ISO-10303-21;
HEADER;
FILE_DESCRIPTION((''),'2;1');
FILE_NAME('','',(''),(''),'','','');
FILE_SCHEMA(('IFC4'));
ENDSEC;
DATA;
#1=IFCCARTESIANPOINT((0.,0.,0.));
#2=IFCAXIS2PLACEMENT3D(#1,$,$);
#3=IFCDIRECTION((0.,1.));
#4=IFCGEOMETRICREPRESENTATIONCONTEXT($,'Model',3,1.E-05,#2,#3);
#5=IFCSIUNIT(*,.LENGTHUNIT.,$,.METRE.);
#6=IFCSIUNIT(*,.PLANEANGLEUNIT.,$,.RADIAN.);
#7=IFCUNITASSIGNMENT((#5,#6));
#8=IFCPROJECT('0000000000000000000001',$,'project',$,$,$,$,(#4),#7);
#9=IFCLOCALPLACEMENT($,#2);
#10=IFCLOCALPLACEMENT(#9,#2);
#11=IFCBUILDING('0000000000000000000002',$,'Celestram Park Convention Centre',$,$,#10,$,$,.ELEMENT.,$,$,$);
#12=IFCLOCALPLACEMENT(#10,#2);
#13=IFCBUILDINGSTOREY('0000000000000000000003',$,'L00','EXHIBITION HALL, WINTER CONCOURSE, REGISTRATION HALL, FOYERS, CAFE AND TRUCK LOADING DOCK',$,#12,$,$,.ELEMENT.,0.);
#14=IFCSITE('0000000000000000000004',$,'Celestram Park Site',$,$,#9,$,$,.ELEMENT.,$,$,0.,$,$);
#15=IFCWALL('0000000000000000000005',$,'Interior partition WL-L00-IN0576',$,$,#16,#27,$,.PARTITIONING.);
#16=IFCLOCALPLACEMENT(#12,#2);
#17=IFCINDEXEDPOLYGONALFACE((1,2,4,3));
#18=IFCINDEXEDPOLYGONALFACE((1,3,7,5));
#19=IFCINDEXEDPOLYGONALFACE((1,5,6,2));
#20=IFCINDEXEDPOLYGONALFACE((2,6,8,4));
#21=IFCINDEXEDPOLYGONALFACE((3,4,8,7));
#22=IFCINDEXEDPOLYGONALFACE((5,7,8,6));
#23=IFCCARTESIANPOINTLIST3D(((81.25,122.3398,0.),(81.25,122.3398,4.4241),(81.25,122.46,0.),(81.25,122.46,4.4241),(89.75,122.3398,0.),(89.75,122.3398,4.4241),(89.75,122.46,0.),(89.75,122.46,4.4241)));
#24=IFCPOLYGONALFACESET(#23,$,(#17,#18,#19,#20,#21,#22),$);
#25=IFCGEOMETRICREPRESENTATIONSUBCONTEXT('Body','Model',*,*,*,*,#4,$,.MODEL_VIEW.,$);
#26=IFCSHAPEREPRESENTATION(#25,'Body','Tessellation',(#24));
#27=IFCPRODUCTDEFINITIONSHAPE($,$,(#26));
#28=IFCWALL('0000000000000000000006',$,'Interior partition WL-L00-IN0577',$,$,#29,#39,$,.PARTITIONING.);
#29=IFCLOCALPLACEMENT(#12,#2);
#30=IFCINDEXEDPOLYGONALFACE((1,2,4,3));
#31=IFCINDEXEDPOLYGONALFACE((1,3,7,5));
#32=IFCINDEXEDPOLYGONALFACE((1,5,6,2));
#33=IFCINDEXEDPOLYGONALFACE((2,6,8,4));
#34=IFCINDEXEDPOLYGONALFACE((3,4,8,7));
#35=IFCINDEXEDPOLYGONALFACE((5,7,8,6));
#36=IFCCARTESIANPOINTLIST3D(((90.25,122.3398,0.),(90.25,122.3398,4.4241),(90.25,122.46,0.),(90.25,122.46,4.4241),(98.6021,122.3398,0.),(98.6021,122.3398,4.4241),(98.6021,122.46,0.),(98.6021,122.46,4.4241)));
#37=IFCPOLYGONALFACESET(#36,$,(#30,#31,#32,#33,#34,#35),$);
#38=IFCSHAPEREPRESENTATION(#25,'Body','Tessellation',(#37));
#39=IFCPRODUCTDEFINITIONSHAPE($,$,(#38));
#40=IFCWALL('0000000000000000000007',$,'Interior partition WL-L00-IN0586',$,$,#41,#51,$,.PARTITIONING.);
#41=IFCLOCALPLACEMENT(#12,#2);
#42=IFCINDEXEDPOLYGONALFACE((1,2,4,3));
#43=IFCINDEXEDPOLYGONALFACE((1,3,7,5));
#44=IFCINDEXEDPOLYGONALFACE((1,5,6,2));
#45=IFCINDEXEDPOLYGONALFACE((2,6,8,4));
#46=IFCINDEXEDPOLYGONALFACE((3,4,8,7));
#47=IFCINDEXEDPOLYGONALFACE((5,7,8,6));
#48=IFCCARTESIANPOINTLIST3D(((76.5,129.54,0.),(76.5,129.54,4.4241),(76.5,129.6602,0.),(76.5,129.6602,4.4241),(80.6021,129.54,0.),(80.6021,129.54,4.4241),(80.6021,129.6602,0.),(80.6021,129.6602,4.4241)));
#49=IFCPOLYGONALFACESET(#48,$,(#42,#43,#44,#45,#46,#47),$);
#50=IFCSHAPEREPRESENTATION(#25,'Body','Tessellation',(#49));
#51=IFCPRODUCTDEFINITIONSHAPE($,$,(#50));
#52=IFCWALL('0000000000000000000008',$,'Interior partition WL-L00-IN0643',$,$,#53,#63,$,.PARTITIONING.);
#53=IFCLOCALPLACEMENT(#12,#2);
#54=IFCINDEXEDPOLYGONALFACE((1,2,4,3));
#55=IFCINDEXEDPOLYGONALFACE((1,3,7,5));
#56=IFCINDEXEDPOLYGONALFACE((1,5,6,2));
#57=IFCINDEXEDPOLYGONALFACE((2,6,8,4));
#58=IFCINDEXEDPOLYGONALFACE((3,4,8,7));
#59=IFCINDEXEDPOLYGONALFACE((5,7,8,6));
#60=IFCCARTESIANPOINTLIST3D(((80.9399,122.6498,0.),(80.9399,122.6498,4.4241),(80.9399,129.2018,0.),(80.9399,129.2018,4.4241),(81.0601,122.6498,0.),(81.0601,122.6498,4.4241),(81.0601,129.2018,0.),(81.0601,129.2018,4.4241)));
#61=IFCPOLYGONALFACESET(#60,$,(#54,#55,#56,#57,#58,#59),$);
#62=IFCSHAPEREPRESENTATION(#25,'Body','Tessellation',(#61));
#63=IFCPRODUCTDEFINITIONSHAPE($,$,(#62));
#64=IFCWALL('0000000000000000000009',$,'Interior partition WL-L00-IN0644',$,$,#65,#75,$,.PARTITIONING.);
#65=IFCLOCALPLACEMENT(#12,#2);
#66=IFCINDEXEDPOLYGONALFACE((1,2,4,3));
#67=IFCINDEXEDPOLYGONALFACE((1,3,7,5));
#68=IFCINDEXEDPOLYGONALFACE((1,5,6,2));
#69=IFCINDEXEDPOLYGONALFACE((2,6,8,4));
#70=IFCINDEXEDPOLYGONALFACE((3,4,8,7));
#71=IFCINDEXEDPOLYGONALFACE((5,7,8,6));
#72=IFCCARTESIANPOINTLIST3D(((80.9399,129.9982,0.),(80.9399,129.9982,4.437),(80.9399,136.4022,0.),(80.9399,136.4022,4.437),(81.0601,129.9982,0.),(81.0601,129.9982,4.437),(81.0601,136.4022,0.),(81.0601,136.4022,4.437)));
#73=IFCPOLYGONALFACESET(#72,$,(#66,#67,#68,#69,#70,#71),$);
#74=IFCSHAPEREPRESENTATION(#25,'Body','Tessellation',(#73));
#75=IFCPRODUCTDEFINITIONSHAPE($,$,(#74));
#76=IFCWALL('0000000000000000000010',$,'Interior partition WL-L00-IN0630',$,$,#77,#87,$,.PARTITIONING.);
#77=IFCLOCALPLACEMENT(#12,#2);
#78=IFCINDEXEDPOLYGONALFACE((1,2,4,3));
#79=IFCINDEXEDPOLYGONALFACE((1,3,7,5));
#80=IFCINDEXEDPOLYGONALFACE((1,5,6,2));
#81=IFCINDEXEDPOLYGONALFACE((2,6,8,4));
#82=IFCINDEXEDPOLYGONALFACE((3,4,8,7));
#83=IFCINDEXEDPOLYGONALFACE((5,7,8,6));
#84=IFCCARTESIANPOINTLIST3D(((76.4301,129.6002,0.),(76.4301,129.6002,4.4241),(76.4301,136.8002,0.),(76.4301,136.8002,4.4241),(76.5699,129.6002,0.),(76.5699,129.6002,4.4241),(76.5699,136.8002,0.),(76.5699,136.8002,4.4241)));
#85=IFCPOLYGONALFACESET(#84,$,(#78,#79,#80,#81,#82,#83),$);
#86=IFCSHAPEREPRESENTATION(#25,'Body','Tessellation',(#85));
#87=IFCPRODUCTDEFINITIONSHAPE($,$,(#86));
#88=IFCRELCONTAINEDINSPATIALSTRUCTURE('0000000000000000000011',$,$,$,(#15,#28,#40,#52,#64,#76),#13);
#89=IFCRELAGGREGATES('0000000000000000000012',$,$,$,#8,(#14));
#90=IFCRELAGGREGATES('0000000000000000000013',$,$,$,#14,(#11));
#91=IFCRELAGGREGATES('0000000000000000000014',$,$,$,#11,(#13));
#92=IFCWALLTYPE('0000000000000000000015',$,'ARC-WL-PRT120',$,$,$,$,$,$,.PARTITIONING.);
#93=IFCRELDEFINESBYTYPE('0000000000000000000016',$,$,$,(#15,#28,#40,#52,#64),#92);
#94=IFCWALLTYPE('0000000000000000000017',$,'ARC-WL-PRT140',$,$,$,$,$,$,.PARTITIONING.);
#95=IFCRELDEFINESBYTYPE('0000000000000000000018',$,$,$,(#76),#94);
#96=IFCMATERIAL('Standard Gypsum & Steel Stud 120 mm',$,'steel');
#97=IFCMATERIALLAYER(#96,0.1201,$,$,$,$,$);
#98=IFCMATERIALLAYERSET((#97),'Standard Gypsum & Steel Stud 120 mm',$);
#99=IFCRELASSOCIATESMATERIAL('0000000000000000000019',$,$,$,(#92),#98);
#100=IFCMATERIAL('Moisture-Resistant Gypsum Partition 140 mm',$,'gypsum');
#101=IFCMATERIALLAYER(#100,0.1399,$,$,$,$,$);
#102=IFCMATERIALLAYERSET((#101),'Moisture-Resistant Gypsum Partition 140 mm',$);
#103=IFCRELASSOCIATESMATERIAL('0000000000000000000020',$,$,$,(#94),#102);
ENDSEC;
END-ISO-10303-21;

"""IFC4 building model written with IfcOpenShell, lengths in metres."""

from ifc_helpers import new_model, si_unit, direction, frame, frame_2d, origin, place, context, subcontext, project, spatial, rectangle, extrude, material, layer, layer_set, type_object, element, save


model = new_model("IFC4")

# Units and contexts
model_context = context("Model", 3, precision=1e-05, world=origin(), true_north=direction((0.0, 1.0)))
body_context = subcontext(model_context, "Body", "Model", "MODEL_VIEW")
ifc_project = project(units=[si_unit("LENGTHUNIT", "METRE"), si_unit("PLANEANGLEUNIT", "RADIAN")], contexts=[model_context])

# Site, building, storey
site_placement = place(None, origin())
site = spatial("IfcSite", under=ifc_project, at=site_placement, Name="Celestram Park Site", CompositionType="ELEMENT", RefElevation=0.0)
building_placement = place(site_placement, origin())
building = spatial("IfcBuilding", under=site, at=building_placement, Name="Celestram Park Convention Centre", CompositionType="ELEMENT")
storey_placement = place(building_placement, origin())
storey = spatial("IfcBuildingStorey", under=building, at=storey_placement, Name="L00", Description="EXHIBITION HALL, WINTER CONCOURSE, REGISTRATION HALL, FOYERS, CAFE AND TRUCK LOADING DOCK", CompositionType="ELEMENT", Elevation=0.0)

# Walls
ifc_material_1 = material(Name="Standard Gypsum & Steel Stud 120 mm", Category="steel")
ifc_layer_1 = layer(ifc_material_1, 0.1201)
ifc_layer_set_1 = layer_set([ifc_layer_1], Name="Standard Gypsum & Steel Stud 120 mm")
wall_type_1 = type_object("IfcWallType", Name="ARC-WL-PRT120", PredefinedType="PARTITIONING", material=ifc_layer_set_1)
wall_1_placement = place(storey_placement, frame((81.25, 122.3999, 0.0), z_axis=(0.0, 0.0, 1.0), x_axis=(1.0, 0.0, 0.0)))
element("IfcWall", 1, at=wall_1_placement, inside=storey, type_object=wall_type_1, Name="Interior partition WL-L00-IN0576", PredefinedType="PARTITIONING", context=body_context, shape_type="SweptSolid", body=[
    extrude(rectangle(XDim=8.5, YDim=0.1201, at=frame_2d((4.25, 0.0))), origin(), (0.0, 0.0, 1.0), 4.4241),
])
wall_2_placement = place(storey_placement, frame((90.25, 122.3999, 0.0), z_axis=(0.0, 0.0, 1.0), x_axis=(1.0, 0.0, 0.0)))
element("IfcWall", 2, at=wall_2_placement, inside=storey, type_object=wall_type_1, Name="Interior partition WL-L00-IN0577", PredefinedType="PARTITIONING", context=body_context, shape_type="SweptSolid", body=[
    extrude(rectangle(XDim=8.3521, YDim=0.1201, at=frame_2d((4.176, 0.0))), origin(), (0.0, 0.0, 1.0), 4.4241),
])
wall_3_placement = place(storey_placement, frame((76.5, 129.6001, 0.0), z_axis=(0.0, 0.0, 1.0), x_axis=(1.0, 0.0, 0.0)))
element("IfcWall", 3, at=wall_3_placement, inside=storey, type_object=wall_type_1, Name="Interior partition WL-L00-IN0586", PredefinedType="PARTITIONING", context=body_context, shape_type="SweptSolid", body=[
    extrude(rectangle(XDim=4.1021, YDim=0.1201, at=frame_2d((2.051, 0.0))), origin(), (0.0, 0.0, 1.0), 4.4241),
])
wall_4_placement = place(storey_placement, frame((81.0, 122.6499, 0.0), z_axis=(0.0, 0.0, 1.0), x_axis=(0.0, 1.0, 0.0)))
element("IfcWall", 4, at=wall_4_placement, inside=storey, type_object=wall_type_1, Name="Interior partition WL-L00-IN0643", PredefinedType="PARTITIONING", context=body_context, shape_type="SweptSolid", body=[
    extrude(rectangle(XDim=6.552, YDim=0.1201, at=frame_2d((3.2759, 0.0))), origin(), (0.0, 0.0, 1.0), 4.4241),
])
wall_5_placement = place(storey_placement, frame((81.0, 129.998, 0.0), z_axis=(0.0, 0.0, 1.0), x_axis=(0.0, 1.0, 0.0)))
element("IfcWall", 5, at=wall_5_placement, inside=storey, type_object=wall_type_1, Name="Interior partition WL-L00-IN0644", PredefinedType="PARTITIONING", context=body_context, shape_type="SweptSolid", body=[
    extrude(rectangle(XDim=6.4041, YDim=0.1201, at=frame_2d((3.2021, 0.0))), origin(), (0.0, 0.0, 1.0), 4.437),
])
ifc_material_2 = material(Name="Moisture-Resistant Gypsum Partition 140 mm", Category="gypsum")
ifc_layer_2 = layer(ifc_material_2, 0.1399)
ifc_layer_set_2 = layer_set([ifc_layer_2], Name="Moisture-Resistant Gypsum Partition 140 mm")
wall_type_2 = type_object("IfcWallType", Name="ARC-WL-PRT140", PredefinedType="PARTITIONING", material=ifc_layer_set_2)
wall_6_placement = place(storey_placement, frame((76.5, 129.6001, 0.0), z_axis=(0.0, 0.0, 1.0), x_axis=(0.0, 1.0, 0.0)))
element("IfcWall", 6, at=wall_6_placement, inside=storey, type_object=wall_type_2, Name="Interior partition WL-L00-IN0630", PredefinedType="PARTITIONING", context=body_context, shape_type="SweptSolid", body=[
    extrude(rectangle(XDim=7.2, YDim=0.1399, at=frame_2d((3.6001, 0.0))), origin(), (0.0, 0.0, 1.0), 4.4241),
])

save(model, "model.ifc")
